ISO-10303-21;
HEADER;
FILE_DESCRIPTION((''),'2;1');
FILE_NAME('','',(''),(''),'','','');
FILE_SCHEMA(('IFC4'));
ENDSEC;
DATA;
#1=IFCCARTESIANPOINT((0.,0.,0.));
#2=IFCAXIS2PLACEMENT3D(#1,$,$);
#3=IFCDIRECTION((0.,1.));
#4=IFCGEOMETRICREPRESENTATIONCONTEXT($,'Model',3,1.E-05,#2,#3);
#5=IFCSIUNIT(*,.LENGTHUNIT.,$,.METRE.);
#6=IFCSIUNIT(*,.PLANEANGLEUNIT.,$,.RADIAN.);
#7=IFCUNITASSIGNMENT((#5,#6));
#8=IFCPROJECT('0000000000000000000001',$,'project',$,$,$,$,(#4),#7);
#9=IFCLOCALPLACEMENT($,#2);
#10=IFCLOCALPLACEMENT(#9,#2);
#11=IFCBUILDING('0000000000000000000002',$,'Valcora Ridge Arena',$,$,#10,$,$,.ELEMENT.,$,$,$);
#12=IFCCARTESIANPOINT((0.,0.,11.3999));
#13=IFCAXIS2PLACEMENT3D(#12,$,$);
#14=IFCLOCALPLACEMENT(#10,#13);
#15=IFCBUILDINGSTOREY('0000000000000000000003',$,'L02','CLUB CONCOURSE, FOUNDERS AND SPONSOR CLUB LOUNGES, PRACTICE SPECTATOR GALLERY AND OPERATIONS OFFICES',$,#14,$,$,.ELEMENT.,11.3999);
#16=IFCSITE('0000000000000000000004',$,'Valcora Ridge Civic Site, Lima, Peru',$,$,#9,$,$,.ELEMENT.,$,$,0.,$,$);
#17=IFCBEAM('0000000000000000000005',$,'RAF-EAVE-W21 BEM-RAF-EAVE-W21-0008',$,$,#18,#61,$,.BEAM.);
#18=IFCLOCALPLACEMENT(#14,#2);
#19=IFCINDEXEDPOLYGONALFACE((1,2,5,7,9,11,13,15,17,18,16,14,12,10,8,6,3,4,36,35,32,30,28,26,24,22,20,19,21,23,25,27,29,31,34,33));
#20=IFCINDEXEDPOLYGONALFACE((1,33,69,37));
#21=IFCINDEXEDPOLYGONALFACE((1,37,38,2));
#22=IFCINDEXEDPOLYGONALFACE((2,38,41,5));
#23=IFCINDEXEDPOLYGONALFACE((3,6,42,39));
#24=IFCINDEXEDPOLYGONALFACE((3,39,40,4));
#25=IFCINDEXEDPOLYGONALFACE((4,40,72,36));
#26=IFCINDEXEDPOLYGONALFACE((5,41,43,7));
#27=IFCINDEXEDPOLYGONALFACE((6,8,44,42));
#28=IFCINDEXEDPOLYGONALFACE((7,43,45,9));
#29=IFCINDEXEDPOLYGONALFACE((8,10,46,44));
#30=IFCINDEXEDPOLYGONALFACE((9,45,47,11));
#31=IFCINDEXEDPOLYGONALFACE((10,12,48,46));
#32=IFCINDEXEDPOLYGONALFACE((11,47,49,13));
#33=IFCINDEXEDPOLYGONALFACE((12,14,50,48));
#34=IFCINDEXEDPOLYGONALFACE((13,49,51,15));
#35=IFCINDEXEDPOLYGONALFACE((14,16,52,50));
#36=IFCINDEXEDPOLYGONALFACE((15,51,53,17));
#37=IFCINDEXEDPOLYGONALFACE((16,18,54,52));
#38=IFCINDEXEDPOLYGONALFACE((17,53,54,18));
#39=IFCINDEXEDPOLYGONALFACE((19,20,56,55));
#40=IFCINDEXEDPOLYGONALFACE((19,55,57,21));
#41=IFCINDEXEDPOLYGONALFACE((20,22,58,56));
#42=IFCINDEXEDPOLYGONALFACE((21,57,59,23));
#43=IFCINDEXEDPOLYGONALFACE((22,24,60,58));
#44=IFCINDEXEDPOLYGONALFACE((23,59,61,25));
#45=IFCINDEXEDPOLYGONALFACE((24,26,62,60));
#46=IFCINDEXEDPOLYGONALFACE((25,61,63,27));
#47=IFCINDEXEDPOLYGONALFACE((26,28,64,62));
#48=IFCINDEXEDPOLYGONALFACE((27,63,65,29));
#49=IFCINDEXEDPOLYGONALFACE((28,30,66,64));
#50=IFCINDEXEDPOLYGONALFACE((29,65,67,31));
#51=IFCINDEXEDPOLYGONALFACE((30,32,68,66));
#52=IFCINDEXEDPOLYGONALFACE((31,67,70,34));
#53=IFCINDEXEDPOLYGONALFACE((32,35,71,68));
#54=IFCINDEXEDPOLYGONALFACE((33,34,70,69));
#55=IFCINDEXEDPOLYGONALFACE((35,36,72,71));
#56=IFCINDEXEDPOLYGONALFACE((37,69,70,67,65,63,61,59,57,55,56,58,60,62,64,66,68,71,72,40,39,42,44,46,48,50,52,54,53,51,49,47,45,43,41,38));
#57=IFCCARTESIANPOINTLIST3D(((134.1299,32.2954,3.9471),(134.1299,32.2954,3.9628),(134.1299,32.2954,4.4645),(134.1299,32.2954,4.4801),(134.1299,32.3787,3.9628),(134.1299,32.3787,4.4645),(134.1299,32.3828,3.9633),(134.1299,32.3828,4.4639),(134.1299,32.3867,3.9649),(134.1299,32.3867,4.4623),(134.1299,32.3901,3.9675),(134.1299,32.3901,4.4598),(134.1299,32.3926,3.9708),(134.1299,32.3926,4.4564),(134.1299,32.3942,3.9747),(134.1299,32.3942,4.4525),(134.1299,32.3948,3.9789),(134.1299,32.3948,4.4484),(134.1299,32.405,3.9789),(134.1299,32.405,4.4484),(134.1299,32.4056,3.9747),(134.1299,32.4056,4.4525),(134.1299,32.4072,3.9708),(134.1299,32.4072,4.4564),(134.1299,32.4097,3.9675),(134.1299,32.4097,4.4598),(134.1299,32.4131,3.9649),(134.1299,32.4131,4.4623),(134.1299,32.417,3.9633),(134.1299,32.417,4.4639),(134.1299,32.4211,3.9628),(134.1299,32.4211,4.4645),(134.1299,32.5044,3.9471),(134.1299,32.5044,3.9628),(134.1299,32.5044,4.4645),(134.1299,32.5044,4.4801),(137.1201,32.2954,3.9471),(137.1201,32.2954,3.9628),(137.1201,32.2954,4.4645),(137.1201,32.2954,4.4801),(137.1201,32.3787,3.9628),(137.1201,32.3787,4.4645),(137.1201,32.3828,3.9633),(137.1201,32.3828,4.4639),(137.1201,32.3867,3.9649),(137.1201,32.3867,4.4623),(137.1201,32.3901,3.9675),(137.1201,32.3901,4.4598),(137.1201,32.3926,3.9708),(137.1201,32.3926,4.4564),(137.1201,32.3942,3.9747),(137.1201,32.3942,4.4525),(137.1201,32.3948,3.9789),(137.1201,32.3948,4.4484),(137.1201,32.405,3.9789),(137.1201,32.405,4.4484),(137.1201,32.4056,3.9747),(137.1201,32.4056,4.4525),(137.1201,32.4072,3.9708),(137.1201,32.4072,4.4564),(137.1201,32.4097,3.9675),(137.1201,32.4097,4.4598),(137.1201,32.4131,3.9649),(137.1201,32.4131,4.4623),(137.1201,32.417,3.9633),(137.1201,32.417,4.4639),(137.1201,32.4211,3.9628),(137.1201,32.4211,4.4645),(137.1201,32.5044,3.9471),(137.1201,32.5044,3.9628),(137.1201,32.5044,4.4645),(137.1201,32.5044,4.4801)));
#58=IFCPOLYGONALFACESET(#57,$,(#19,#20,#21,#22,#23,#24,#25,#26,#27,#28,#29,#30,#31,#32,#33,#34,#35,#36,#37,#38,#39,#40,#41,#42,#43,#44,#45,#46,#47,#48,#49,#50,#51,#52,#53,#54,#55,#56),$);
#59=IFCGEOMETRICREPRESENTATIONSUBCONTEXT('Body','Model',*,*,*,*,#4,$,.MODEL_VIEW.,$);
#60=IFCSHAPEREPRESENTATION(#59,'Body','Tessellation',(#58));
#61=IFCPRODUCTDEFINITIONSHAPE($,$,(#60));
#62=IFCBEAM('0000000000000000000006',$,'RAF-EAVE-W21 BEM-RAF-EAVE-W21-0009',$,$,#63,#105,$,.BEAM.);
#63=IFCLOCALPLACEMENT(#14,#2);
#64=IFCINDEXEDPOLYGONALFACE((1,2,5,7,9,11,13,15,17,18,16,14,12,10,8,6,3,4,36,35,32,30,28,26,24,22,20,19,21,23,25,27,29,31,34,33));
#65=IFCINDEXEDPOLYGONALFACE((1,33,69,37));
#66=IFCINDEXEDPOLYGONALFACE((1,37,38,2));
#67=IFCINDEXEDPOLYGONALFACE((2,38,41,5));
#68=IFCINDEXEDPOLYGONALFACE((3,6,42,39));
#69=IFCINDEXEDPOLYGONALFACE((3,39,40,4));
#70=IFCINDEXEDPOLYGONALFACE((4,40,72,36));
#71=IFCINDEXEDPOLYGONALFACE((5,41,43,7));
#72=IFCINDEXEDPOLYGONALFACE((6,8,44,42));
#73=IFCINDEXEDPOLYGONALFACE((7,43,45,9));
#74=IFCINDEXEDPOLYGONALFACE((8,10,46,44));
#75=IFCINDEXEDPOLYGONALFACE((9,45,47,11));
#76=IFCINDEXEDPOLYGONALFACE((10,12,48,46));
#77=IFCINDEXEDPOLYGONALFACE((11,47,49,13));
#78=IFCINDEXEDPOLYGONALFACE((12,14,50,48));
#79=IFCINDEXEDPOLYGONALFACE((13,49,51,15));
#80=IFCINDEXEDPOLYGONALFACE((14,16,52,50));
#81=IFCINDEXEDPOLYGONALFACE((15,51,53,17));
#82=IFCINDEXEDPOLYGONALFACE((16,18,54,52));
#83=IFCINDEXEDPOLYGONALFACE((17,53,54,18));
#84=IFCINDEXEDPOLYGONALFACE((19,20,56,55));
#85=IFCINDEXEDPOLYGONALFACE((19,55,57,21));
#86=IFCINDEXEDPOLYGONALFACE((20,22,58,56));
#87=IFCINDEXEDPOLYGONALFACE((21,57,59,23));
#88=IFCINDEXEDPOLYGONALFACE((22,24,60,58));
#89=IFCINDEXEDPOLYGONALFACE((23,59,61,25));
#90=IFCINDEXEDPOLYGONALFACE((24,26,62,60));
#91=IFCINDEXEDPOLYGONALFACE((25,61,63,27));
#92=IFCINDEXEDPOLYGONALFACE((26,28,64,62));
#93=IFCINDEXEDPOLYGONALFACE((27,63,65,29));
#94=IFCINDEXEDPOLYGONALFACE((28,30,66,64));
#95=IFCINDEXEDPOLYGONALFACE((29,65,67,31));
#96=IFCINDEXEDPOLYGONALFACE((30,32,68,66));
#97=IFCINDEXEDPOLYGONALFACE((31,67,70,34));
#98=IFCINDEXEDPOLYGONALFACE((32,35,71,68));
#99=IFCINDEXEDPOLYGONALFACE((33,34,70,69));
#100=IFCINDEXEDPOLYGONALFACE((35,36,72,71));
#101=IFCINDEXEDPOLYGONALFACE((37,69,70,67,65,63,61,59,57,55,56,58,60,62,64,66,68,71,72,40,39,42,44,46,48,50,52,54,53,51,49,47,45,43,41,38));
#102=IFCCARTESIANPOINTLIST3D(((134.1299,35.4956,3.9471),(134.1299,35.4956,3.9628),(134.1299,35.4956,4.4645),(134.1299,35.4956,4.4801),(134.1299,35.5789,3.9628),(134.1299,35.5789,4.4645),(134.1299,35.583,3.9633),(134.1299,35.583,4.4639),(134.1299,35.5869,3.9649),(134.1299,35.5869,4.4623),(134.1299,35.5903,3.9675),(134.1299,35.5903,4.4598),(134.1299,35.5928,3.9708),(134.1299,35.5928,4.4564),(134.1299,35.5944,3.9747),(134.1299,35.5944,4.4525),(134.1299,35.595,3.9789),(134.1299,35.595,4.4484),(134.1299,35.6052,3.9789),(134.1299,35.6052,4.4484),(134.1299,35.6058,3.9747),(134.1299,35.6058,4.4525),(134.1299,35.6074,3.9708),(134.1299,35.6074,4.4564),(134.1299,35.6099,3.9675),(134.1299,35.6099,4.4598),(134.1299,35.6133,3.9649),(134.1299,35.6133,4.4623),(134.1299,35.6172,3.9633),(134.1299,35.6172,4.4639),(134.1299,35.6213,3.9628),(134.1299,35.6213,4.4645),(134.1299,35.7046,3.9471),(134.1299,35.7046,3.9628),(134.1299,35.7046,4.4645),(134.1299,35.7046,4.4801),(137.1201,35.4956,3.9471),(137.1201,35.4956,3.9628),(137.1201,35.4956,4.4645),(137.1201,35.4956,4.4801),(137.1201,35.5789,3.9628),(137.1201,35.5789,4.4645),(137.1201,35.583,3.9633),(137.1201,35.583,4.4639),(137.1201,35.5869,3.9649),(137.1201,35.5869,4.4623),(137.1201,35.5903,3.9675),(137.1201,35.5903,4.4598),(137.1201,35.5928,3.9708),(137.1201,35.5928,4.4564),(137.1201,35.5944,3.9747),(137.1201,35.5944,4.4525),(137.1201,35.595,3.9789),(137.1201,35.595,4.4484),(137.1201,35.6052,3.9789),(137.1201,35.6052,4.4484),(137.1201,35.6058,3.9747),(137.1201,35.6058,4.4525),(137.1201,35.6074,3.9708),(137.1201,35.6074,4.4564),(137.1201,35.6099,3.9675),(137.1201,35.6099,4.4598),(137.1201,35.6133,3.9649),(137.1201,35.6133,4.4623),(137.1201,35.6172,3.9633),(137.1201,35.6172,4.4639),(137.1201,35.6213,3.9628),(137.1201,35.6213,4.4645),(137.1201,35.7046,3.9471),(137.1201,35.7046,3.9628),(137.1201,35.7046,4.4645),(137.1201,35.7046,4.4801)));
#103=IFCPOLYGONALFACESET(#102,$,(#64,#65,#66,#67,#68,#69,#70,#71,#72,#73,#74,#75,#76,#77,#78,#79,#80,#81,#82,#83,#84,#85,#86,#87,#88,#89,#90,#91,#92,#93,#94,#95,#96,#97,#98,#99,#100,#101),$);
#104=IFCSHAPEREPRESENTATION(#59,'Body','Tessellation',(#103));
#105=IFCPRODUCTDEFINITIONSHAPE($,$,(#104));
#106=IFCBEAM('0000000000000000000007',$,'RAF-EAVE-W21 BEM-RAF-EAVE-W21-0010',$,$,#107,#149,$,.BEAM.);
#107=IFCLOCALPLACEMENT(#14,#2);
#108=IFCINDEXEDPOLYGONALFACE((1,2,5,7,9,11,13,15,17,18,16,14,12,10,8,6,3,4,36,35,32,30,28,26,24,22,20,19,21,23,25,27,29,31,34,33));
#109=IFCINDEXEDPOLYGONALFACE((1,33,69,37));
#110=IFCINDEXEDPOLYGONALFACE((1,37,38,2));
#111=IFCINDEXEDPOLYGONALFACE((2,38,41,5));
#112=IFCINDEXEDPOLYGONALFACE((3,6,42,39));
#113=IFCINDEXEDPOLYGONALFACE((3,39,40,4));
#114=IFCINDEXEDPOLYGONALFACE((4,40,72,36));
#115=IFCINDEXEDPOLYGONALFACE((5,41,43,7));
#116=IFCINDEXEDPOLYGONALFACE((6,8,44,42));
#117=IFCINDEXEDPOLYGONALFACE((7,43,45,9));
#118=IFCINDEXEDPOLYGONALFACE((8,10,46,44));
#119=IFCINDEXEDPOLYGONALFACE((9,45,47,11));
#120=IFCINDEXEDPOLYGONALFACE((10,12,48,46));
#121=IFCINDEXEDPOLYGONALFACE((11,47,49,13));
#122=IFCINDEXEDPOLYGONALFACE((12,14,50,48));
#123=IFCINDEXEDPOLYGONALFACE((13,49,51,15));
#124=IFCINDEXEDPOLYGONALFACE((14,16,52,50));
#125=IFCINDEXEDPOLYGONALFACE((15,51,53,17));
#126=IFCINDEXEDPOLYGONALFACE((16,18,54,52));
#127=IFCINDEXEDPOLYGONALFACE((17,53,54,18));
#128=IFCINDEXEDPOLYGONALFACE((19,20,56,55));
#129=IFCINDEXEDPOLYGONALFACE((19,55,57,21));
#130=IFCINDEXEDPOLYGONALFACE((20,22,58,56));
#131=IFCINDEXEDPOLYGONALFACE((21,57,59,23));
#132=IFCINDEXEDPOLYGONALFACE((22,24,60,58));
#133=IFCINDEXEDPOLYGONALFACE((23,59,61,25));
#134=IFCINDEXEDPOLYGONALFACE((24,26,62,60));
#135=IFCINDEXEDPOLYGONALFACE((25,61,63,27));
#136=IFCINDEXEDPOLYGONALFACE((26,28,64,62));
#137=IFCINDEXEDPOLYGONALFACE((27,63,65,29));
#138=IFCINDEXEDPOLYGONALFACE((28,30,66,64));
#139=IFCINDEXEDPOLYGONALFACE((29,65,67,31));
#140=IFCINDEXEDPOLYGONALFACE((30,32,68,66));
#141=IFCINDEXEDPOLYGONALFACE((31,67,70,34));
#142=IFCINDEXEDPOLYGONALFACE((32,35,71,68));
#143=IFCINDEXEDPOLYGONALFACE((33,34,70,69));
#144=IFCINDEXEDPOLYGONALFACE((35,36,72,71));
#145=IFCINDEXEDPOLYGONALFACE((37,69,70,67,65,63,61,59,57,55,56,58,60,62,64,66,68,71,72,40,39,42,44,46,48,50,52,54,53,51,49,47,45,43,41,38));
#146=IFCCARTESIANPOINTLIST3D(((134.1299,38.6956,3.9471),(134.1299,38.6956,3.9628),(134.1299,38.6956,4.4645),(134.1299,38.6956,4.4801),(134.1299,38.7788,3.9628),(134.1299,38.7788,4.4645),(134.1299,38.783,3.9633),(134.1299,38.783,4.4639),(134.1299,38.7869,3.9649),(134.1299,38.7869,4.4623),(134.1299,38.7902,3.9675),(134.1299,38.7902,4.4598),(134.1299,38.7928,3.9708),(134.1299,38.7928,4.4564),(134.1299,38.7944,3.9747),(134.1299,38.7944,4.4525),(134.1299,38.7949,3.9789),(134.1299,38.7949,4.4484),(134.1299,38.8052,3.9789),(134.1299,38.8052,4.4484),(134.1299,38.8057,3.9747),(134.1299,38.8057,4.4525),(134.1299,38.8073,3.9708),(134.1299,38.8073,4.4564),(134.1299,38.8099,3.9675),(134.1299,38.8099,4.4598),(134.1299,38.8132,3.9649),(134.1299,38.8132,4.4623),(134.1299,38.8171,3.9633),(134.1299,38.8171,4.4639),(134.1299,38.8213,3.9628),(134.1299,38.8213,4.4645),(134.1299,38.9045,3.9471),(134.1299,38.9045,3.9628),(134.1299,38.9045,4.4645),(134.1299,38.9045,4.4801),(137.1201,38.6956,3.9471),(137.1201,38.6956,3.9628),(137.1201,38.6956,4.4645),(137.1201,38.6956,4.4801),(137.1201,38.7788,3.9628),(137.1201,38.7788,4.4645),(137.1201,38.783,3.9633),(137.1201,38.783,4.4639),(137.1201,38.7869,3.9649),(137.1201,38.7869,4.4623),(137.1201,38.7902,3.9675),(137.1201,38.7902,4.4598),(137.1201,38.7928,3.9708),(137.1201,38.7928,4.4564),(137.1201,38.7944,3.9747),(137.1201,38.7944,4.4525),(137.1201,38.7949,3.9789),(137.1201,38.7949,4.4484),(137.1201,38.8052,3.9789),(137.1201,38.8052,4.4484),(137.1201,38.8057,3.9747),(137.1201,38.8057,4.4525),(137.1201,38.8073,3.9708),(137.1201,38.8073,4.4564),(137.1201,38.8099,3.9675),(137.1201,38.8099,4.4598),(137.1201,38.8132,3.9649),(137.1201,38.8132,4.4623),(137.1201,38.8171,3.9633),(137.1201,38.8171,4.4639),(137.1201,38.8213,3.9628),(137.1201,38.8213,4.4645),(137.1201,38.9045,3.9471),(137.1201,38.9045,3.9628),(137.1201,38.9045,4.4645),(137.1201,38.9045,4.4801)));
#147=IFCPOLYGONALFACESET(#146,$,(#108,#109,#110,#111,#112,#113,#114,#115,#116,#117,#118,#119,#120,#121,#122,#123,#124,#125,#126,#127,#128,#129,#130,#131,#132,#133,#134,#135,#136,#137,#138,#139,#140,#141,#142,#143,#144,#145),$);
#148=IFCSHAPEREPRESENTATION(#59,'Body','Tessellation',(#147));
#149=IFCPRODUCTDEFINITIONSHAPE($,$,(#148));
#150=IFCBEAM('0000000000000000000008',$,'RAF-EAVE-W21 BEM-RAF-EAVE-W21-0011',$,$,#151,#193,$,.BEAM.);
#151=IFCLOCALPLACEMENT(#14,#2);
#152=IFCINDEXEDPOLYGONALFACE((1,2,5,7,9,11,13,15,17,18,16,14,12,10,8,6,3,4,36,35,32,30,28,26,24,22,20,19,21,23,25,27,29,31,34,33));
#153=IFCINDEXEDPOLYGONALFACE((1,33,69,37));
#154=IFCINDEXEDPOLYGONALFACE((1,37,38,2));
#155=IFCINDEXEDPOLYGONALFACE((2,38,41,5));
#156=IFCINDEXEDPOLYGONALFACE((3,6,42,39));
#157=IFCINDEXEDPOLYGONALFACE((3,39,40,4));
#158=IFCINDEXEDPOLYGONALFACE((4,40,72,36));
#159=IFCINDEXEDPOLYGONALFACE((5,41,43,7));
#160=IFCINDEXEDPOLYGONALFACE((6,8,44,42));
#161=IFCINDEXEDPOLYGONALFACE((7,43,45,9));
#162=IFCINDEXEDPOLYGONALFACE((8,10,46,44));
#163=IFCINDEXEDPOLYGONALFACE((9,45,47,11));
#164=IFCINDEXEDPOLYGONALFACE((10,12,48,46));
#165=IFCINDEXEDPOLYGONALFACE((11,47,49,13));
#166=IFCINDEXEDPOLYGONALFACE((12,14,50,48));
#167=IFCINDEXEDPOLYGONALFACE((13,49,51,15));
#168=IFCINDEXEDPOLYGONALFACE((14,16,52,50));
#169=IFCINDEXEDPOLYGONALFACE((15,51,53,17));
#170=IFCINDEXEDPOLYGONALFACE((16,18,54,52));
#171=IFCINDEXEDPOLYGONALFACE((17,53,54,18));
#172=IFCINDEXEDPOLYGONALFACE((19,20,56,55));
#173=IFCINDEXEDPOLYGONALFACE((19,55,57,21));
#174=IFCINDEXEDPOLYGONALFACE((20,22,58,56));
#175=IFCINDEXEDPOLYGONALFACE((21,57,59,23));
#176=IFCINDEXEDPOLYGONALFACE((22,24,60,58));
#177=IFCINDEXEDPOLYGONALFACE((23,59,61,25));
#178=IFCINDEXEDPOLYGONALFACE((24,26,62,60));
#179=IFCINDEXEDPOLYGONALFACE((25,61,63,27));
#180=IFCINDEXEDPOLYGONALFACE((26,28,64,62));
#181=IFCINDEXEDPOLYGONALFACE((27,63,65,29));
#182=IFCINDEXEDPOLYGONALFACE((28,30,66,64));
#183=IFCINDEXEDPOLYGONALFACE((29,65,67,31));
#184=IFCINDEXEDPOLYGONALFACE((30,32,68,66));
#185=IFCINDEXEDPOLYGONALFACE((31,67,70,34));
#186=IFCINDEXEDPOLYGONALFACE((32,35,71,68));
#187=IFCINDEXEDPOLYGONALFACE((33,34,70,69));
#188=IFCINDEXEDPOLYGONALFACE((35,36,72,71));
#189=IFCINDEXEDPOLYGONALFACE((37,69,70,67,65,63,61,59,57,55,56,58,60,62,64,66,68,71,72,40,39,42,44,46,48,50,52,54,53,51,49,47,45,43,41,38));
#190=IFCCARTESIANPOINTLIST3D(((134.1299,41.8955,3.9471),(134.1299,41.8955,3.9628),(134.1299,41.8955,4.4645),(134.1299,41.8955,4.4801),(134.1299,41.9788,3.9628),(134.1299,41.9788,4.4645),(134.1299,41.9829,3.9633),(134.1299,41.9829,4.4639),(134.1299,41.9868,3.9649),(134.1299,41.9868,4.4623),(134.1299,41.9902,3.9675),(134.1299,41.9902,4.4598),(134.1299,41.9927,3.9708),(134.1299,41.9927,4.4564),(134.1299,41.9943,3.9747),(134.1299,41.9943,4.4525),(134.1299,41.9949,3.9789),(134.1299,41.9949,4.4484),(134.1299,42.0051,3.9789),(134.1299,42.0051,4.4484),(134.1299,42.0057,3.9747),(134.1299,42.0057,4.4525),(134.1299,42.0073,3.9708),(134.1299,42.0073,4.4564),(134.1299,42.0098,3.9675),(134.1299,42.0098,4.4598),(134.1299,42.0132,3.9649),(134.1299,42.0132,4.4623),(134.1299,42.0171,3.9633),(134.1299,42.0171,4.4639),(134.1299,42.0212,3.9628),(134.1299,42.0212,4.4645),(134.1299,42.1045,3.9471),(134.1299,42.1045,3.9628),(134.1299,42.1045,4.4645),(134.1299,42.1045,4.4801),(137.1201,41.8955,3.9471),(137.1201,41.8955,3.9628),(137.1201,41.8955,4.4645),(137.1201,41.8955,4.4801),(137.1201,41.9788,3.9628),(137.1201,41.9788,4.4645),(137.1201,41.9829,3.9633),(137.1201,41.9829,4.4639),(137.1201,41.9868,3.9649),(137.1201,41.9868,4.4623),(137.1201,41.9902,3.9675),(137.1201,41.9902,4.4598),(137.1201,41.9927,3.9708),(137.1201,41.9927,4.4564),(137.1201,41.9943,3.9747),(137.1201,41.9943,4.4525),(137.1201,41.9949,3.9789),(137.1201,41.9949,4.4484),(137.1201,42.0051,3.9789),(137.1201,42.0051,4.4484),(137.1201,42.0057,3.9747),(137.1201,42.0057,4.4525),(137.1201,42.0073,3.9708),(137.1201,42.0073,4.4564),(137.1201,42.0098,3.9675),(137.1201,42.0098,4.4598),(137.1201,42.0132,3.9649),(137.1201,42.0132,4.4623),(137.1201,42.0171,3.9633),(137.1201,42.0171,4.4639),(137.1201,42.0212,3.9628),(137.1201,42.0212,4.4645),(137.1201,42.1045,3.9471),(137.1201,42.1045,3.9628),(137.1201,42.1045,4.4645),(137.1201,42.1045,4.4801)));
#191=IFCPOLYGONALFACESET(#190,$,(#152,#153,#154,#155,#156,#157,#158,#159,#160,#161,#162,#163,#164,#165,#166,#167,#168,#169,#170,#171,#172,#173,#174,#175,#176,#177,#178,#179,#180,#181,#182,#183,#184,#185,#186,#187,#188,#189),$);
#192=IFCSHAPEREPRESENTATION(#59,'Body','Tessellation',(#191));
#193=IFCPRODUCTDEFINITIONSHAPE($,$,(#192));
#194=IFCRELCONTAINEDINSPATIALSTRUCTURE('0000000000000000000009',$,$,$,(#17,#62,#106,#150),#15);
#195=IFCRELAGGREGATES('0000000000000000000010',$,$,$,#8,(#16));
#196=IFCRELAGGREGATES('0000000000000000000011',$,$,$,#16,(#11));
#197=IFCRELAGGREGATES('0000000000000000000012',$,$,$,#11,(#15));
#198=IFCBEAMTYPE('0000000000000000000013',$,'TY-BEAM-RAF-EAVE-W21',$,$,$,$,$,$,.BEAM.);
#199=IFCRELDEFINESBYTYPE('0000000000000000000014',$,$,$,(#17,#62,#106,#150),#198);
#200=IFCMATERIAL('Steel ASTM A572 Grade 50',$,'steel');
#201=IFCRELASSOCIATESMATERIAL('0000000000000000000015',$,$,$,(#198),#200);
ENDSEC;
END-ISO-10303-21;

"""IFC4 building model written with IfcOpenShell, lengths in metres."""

from ifc_helpers import new_model, si_unit, direction, frame, origin, origin_2d, place, context, subcontext, project, spatial, i_section, extrude, material, material_profile, profile_set, type_object, element, save


model = new_model("IFC4")

# Units and contexts
model_context = context("Model", 3, precision=1e-05, world=origin(), true_north=direction((0.0, 1.0)))
body_context = subcontext(model_context, "Body", "Model", "MODEL_VIEW")
ifc_project = project(units=[si_unit("LENGTHUNIT", "METRE"), si_unit("PLANEANGLEUNIT", "RADIAN")], contexts=[model_context])

# Site, building, storey
site_placement = place(None, origin())
site = spatial("IfcSite", under=ifc_project, at=site_placement, Name="Valcora Ridge Civic Site, Lima, Peru", CompositionType="ELEMENT", RefElevation=0.0)
building_placement = place(site_placement, origin())
building = spatial("IfcBuilding", under=site, at=building_placement, Name="Valcora Ridge Arena", CompositionType="ELEMENT")
storey_placement = place(building_placement, frame((0.0, 0.0, 11.3999)))
storey = spatial("IfcBuildingStorey", under=building, at=storey_placement, Name="L02", Description="CLUB CONCOURSE, FOUNDERS AND SPONSOR CLUB LOUNGES, PRACTICE SPECTATOR GALLERY AND OPERATIONS OFFICES", CompositionType="ELEMENT", Elevation=11.3999)

# Beams
ifc_material_1 = material(Name="Steel ASTM A572 Grade 50", Category="steel")
ifc_material_profile_1 = material_profile(ifc_material_1, i_section(OverallWidth=0.209, OverallDepth=0.533, WebThickness=0.0103, FlangeThickness=0.0156, FilletRadius=0.0161, at=origin_2d()), Name="W21X62")
ifc_profile_set_1 = profile_set([ifc_material_profile_1], Name="Steel ASTM A572 Grade 50")
beam_type_1 = type_object("IfcBeamType", Name="TY-BEAM-RAF-EAVE-W21", PredefinedType="BEAM", material=ifc_profile_set_1)
for number, where, z_axis, x_axis, name in (
    (1, (134.1299, 32.3999, 4.2136), (1.0, 0.0, 0.0), (0.0, 1.0, 0.0), "RAF-EAVE-W21 BEM-RAF-EAVE-W21-0008"),
    (2, (134.1299, 35.6001, 4.2136), (1.0, 0.0, 0.0), (0.0, 1.0, 0.0), "RAF-EAVE-W21 BEM-RAF-EAVE-W21-0009"),
    (3, (134.1299, 38.8, 4.2136), (1.0, 0.0, 0.0), (0.0, 1.0, 0.0), "RAF-EAVE-W21 BEM-RAF-EAVE-W21-0010"),
    (4, (134.1299, 42.0, 4.2136), (1.0, 0.0, 0.0), (0.0, 1.0, 0.0), "RAF-EAVE-W21 BEM-RAF-EAVE-W21-0011"),
):
    element("IfcBeam", number, at=place(storey_placement, frame(where, z_axis=z_axis, x_axis=x_axis)), inside=storey, type_object=beam_type_1, Name=name, PredefinedType="BEAM", context=body_context, shape_type="SweptSolid", body=[
        extrude(i_section(OverallWidth=0.209, OverallDepth=0.533, WebThickness=0.0103, FlangeThickness=0.0156, FilletRadius=0.0161, at=origin_2d()), origin(), (0.0, 0.0, 1.0), 2.9902),
    ])

save(model, "model.ifc")
